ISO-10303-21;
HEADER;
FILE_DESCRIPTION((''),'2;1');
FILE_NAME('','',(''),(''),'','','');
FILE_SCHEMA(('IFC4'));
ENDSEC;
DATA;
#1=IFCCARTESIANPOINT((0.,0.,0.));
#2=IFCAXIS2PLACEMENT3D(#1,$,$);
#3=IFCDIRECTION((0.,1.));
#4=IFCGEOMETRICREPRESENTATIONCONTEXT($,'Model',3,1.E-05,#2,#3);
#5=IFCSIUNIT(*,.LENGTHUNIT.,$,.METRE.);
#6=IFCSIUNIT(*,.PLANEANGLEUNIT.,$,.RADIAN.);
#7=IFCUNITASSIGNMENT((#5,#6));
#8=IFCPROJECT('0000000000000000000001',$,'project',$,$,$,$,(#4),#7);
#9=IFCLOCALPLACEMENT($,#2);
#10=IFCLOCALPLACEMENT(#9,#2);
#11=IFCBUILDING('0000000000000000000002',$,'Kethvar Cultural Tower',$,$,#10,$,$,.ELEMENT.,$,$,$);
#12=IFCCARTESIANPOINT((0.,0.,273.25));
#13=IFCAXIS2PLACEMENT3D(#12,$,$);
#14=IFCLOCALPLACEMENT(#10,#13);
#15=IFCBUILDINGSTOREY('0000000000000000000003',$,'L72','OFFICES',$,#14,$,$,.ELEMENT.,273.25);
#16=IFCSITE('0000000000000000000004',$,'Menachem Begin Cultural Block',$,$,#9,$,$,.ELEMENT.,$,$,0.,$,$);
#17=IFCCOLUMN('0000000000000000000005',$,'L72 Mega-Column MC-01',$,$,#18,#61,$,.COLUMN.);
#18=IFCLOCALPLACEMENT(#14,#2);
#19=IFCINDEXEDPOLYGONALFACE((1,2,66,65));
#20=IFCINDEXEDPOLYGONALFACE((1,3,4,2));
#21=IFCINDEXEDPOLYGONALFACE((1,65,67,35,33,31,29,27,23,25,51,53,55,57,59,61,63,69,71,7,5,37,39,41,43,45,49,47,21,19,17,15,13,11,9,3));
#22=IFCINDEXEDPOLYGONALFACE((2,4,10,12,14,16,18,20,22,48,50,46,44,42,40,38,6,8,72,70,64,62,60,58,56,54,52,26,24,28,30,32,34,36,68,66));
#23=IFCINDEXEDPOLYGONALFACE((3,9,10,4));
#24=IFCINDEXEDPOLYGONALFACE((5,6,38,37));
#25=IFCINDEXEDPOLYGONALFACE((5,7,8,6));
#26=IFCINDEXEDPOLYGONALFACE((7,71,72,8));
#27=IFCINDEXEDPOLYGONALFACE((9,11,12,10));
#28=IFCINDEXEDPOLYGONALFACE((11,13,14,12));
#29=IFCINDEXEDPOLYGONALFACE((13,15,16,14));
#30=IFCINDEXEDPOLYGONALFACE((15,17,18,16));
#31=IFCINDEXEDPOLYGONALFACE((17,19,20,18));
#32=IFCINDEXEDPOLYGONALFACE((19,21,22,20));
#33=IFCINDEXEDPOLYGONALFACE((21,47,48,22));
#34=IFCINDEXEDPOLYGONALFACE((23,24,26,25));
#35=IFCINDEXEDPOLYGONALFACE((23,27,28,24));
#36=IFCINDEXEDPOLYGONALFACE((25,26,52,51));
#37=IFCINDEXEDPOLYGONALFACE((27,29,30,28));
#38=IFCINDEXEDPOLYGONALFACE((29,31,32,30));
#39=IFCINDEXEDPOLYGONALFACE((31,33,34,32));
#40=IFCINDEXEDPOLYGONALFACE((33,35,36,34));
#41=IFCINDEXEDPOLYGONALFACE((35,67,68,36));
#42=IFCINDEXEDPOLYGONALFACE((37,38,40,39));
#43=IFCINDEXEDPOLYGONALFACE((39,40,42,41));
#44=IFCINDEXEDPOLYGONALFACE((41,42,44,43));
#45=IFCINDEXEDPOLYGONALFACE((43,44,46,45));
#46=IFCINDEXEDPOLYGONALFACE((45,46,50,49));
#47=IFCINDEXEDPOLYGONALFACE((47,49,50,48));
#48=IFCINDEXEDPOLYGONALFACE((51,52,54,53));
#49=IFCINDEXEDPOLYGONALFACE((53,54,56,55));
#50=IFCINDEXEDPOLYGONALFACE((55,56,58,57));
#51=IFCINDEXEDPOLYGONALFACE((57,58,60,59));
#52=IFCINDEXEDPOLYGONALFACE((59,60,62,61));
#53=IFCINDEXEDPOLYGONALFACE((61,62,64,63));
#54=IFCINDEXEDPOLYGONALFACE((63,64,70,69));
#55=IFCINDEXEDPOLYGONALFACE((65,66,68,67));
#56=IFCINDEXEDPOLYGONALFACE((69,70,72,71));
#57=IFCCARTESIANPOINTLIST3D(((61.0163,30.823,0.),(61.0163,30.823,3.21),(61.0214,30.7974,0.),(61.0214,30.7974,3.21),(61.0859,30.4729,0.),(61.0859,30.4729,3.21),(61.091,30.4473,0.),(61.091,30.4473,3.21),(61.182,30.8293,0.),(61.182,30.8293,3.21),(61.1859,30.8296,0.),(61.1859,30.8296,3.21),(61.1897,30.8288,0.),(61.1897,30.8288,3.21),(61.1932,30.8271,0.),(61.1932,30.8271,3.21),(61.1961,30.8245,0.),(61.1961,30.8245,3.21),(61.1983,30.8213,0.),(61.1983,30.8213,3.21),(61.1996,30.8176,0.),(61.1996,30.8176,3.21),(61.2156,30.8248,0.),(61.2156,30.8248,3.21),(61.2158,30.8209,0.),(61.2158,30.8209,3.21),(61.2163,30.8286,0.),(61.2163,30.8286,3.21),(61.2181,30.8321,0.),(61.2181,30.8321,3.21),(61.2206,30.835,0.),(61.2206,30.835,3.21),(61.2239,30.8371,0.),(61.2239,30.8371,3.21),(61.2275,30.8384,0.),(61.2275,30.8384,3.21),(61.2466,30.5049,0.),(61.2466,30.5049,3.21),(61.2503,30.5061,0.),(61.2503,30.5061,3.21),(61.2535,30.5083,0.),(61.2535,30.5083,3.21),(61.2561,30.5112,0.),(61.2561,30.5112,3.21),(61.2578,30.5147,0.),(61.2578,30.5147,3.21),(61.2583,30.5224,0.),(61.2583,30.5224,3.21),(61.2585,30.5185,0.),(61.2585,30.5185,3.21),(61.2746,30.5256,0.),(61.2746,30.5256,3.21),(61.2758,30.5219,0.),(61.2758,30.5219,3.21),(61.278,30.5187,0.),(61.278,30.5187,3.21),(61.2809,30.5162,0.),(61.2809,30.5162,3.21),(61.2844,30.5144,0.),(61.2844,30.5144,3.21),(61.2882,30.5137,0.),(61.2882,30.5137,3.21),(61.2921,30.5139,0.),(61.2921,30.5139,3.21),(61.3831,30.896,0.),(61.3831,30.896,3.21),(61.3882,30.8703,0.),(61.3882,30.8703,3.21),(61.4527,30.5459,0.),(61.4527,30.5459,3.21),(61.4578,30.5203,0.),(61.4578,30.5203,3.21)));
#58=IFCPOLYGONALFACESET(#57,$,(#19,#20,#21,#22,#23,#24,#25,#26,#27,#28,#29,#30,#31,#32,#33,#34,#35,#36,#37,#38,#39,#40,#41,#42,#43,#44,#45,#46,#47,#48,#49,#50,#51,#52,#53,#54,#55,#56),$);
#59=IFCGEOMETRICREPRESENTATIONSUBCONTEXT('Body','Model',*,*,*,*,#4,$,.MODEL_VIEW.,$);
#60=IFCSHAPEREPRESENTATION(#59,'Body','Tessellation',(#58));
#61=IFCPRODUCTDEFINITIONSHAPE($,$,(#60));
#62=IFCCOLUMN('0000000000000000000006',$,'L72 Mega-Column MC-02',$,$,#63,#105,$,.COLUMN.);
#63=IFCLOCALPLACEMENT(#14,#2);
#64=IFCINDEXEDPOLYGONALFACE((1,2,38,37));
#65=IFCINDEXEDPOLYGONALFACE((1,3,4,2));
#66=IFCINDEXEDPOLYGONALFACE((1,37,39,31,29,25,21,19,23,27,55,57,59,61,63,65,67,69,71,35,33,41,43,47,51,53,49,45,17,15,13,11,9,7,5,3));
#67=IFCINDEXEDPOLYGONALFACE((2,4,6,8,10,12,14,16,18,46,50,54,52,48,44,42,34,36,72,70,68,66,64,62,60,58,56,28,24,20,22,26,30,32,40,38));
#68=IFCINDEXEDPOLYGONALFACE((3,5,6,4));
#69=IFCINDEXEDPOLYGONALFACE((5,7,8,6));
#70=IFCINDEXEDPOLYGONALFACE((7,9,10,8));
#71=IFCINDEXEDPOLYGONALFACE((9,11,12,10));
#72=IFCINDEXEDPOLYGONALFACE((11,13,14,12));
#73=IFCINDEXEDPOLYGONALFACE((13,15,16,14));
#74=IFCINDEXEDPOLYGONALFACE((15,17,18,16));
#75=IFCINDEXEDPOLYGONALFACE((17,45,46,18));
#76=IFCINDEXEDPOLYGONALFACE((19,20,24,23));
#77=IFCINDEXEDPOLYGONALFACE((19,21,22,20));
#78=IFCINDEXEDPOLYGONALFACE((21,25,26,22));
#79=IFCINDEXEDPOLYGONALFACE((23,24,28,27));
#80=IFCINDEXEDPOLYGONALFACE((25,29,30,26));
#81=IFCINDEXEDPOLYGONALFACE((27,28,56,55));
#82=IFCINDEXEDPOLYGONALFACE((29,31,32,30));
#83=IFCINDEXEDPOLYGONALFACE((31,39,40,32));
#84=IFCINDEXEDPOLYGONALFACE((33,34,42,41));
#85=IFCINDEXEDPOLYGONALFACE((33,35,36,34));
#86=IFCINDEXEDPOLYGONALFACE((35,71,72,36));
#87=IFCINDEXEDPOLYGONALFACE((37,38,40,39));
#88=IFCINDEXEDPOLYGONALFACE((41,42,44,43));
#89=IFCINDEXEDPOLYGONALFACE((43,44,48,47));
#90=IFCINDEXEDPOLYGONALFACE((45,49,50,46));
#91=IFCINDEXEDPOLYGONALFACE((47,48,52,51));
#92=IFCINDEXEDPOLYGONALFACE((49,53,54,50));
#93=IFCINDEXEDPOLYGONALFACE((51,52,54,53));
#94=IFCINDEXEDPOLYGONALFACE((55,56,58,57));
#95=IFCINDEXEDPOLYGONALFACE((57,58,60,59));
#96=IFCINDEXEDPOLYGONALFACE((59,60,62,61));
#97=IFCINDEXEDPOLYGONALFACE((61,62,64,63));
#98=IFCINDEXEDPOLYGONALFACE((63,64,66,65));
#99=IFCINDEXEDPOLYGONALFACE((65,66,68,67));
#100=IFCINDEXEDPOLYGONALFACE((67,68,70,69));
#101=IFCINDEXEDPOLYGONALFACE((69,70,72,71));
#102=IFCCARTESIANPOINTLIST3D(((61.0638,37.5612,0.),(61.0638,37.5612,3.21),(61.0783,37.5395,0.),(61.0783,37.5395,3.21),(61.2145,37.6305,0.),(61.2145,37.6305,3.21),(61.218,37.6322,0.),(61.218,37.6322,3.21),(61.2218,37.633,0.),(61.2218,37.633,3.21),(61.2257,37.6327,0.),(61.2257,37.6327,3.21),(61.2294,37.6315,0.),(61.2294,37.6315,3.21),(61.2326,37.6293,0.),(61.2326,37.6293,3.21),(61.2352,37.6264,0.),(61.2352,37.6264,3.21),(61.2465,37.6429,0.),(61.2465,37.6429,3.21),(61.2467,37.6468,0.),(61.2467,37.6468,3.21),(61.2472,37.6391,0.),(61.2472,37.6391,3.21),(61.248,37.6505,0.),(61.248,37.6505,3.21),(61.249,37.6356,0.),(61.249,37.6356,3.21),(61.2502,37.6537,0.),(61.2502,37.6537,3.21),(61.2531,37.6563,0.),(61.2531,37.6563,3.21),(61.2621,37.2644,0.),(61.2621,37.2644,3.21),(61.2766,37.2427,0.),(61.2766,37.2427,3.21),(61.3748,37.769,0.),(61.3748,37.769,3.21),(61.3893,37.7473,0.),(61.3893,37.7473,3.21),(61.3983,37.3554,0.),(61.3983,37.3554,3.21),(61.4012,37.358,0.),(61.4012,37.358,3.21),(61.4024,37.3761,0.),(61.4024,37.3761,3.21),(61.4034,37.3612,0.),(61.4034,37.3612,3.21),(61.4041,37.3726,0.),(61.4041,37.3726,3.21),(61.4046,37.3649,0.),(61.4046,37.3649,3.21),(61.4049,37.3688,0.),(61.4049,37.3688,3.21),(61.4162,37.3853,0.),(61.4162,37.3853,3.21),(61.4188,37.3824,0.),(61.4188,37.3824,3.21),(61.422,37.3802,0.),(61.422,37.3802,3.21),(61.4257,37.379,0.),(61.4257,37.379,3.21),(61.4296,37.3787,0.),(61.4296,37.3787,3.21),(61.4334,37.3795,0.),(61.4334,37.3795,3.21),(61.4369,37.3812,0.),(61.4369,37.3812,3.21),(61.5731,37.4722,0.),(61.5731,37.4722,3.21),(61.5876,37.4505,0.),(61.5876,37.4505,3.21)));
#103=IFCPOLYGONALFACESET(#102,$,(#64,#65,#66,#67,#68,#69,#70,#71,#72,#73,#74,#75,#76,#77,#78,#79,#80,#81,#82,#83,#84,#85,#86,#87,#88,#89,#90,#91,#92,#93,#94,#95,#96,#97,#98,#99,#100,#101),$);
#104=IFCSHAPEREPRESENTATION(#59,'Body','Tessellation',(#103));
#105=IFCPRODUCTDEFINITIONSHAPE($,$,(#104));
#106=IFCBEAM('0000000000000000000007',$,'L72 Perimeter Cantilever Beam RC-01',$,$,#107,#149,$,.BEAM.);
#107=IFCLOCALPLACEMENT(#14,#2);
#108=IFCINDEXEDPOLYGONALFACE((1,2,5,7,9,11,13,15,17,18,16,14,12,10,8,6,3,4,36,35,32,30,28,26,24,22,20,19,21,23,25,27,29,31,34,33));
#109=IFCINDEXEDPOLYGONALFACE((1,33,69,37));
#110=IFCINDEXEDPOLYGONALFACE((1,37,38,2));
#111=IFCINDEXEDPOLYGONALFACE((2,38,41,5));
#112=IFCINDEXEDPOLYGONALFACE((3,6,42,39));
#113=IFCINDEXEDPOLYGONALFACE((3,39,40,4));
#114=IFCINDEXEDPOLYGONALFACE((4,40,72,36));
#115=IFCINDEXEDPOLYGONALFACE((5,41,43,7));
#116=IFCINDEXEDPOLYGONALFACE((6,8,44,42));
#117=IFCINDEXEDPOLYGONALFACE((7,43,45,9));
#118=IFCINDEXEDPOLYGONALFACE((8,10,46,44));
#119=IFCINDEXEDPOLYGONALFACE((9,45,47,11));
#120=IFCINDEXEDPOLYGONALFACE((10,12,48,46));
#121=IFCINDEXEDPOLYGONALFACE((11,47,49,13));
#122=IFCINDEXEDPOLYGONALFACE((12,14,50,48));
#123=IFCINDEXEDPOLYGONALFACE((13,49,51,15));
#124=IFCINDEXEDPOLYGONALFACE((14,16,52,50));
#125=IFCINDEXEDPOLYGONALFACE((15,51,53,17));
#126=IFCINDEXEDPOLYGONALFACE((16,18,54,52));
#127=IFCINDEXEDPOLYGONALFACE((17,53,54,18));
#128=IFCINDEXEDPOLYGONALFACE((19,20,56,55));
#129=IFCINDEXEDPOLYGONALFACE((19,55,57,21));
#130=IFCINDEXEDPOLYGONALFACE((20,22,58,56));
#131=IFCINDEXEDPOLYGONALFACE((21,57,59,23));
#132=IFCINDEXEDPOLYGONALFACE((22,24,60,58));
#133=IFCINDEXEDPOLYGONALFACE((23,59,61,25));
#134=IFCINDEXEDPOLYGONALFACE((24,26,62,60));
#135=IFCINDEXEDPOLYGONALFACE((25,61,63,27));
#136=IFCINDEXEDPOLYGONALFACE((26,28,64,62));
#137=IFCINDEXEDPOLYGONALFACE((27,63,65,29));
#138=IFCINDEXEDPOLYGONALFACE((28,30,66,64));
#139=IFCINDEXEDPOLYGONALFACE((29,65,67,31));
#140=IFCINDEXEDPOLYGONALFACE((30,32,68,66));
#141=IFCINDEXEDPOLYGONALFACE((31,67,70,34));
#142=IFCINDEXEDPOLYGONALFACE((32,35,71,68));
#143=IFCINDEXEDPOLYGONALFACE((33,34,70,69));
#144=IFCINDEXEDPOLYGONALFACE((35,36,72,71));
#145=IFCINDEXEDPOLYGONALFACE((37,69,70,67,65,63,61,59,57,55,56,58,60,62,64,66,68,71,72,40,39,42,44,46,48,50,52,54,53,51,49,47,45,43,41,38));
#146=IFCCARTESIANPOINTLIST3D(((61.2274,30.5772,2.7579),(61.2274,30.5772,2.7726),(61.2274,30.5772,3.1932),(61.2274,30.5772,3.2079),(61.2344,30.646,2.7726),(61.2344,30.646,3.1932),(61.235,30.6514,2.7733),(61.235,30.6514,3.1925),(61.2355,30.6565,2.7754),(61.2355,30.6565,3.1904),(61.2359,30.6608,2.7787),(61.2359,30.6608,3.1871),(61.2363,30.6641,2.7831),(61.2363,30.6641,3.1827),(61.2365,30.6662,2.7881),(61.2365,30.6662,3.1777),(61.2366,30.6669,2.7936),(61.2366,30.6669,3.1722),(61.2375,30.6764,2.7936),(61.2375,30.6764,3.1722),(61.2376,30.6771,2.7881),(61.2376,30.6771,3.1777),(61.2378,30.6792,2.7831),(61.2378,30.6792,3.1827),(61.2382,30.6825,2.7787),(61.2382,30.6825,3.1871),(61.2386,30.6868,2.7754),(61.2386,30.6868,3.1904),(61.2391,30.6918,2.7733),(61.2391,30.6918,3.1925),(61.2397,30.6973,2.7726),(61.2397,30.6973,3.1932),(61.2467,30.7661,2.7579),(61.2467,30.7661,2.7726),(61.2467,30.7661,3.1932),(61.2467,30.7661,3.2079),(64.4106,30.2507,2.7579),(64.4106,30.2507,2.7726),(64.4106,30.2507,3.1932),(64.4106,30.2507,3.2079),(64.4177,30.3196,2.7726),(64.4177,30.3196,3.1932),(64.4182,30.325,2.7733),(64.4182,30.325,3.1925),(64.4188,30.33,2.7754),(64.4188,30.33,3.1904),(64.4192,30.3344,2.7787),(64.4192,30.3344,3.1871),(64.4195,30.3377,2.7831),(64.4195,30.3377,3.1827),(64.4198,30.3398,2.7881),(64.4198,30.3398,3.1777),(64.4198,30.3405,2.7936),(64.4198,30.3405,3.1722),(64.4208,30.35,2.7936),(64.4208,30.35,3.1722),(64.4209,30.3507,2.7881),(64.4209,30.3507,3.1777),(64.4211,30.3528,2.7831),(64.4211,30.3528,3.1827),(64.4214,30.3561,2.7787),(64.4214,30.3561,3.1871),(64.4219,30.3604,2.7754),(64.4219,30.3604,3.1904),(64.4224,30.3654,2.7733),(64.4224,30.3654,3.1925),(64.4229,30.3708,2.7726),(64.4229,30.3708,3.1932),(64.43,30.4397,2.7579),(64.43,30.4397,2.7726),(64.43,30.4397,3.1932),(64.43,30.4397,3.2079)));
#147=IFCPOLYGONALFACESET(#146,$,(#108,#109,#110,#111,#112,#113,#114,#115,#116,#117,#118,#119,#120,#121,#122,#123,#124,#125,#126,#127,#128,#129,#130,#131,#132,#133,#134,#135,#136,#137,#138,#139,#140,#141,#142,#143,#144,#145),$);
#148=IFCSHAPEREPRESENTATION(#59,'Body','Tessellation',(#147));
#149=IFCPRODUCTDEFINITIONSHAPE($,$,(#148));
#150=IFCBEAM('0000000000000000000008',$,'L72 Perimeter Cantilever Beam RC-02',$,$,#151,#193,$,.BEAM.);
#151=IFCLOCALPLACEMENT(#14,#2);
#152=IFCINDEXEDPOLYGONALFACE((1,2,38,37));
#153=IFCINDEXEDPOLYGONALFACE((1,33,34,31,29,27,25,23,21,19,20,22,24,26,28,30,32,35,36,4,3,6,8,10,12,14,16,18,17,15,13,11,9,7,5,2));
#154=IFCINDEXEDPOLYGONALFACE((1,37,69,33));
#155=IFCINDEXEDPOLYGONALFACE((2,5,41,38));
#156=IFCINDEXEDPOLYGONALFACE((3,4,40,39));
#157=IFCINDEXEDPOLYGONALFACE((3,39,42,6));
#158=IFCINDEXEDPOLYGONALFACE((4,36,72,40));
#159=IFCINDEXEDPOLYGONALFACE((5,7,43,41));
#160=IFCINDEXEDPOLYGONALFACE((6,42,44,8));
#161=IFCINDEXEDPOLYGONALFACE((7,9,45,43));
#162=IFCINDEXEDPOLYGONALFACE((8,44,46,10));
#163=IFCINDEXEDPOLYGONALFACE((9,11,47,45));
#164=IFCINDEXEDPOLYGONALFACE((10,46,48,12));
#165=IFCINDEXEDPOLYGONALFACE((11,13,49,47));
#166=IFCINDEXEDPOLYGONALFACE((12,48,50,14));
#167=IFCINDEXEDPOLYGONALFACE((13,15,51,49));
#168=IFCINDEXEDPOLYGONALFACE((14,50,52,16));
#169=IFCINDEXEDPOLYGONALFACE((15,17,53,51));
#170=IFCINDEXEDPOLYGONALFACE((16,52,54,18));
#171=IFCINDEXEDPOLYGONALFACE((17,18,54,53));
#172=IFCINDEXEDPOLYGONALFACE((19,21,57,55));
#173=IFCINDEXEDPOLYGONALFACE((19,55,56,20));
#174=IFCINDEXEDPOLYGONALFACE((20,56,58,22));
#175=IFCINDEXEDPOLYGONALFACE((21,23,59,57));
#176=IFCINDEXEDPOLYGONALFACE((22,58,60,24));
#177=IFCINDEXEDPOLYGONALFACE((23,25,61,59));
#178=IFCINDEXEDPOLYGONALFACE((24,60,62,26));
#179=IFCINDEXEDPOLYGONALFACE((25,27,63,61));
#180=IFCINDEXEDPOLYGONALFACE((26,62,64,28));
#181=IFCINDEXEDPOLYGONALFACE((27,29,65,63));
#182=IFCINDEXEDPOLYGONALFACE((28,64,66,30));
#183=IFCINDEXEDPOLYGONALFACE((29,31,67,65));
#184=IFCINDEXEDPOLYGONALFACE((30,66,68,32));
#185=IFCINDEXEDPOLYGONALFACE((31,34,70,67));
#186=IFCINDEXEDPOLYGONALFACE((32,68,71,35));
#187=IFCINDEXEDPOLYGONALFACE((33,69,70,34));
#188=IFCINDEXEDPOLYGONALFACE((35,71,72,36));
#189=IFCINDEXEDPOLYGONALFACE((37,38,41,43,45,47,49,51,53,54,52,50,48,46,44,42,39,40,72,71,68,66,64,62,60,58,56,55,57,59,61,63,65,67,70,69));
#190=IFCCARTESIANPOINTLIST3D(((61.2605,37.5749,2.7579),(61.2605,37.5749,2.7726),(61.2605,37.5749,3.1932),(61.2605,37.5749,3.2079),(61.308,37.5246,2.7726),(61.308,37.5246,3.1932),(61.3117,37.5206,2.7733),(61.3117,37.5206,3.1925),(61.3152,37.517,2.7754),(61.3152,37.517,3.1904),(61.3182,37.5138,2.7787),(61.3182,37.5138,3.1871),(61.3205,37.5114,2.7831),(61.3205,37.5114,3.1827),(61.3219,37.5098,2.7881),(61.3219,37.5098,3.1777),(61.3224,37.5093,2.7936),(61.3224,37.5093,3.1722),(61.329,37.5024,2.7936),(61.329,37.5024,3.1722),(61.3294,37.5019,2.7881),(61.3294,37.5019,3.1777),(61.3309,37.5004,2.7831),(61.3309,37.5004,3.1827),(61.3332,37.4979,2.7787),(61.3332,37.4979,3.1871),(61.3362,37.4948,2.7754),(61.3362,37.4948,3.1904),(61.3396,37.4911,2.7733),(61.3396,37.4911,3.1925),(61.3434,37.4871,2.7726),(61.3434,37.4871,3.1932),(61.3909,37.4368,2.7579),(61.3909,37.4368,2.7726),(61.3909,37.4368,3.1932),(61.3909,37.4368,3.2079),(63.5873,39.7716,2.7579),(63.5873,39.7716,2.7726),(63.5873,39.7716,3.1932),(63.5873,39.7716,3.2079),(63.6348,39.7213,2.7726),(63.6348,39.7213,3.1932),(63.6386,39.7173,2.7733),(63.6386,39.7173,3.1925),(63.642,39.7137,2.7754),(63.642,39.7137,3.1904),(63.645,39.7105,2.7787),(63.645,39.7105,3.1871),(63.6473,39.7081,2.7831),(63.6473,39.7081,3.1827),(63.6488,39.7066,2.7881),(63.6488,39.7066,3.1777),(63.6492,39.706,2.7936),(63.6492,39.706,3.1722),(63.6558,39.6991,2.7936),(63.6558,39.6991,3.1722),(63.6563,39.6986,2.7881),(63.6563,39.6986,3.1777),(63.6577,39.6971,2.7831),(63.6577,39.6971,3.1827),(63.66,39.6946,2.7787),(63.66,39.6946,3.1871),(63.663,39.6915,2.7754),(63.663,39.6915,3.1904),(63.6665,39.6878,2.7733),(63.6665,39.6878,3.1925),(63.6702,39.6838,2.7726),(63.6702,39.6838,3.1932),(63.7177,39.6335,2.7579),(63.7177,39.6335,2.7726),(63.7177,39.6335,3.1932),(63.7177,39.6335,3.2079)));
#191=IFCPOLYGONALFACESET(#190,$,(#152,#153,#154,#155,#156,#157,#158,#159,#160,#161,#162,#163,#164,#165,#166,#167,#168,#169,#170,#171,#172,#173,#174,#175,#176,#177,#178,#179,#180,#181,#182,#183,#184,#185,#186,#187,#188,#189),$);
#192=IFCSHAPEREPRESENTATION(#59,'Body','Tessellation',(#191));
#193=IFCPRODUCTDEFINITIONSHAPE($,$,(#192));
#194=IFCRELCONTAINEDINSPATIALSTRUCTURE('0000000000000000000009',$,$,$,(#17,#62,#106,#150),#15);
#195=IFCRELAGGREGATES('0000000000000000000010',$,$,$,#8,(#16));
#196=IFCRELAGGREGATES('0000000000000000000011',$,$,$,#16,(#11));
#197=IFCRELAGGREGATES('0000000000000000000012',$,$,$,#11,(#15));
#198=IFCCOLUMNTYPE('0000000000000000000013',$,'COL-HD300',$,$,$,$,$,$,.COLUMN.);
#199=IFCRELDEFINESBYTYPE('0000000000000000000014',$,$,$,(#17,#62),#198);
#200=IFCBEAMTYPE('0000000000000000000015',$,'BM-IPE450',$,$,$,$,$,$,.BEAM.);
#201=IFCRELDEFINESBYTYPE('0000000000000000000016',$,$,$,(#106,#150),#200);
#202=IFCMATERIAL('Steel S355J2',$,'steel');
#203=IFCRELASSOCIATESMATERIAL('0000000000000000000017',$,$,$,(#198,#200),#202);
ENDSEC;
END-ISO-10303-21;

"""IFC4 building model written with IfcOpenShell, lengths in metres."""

from ifc_helpers import new_model, si_unit, direction, frame, origin, origin_2d, place, context, subcontext, project, spatial, i_section, extrude, source, transform, mapped, material, material_profile, profile_set, type_object, element, save


model = new_model("IFC4")

# Units and contexts
model_context = context("Model", 3, precision=1e-05, world=origin(), true_north=direction((0.0, 1.0)))
body_context = subcontext(model_context, "Body", "Model", "MODEL_VIEW")
ifc_project = project(units=[si_unit("LENGTHUNIT", "METRE"), si_unit("PLANEANGLEUNIT", "RADIAN")], contexts=[model_context])

# Site, building, storey
site_placement = place(None, origin())
site = spatial("IfcSite", under=ifc_project, at=site_placement, Name="Menachem Begin Cultural Block", CompositionType="ELEMENT", RefElevation=0.0)
building_placement = place(site_placement, origin())
building = spatial("IfcBuilding", under=site, at=building_placement, Name="Kethvar Cultural Tower", CompositionType="ELEMENT")
storey_placement = place(building_placement, frame((0.0, 0.0, 273.25)))
storey = spatial("IfcBuildingStorey", under=building, at=storey_placement, Name="L72", Description="OFFICES", CompositionType="ELEMENT", Elevation=273.25)

# Columns
ifc_material_1 = material(Name="Steel S355J2", Category="steel")
ifc_material_profile_1 = material_profile(ifc_material_1, i_section(OverallWidth=0.374, OverallDepth=0.3831, WebThickness=0.0166, FlangeThickness=0.0261, FilletRadius=0.0149, at=origin_2d()), Name="Steel S355J2 — HD360x300")
ifc_profile_set_1 = profile_set([ifc_material_profile_1], Name="Steel S355J2 — HD360x300")
column_type = type_object("IfcColumnType", Name="COL-HD300", PredefinedType="COLUMN", material=ifc_profile_set_1)
shared_shape_1 = source(origin(), body_context, "Body", "SweptSolid", [
    extrude(i_section(OverallWidth=0.374, OverallDepth=0.3831, WebThickness=0.0166, FlangeThickness=0.0261, FilletRadius=0.0149, at=origin_2d()), origin(), (0.0, 0.0, 1.0), 3.21),
])
for number, where, z_axis, x_axis, name in (
    (1, (61.2371, 30.6716, 0.0), (0.0, 0.0, 1.0), (0.980785, 0.19509, 0.0), "L72 Mega-Column MC-01"),
    (2, (61.3257, 37.5059, 0.0), (0.0, 0.0, 1.0), (0.83147, 0.55557, 0.0), "L72 Mega-Column MC-02"),
):
    element("IfcColumn", number, at=place(storey_placement, frame(where, z_axis=z_axis, x_axis=x_axis)), inside=storey, type_object=column_type, Name=name, PredefinedType="COLUMN", context=body_context, shape_type="MappedRepresentation", body=[
        mapped(shared_shape_1, transform((0.0, 0.0, 0.0), scale=1.0)),
    ])

# Beams
ifc_material_profile_2 = material_profile(ifc_material_1, i_section(OverallWidth=0.1899, OverallDepth=0.45, WebThickness=0.0095, FlangeThickness=0.0146, FilletRadius=0.021, at=origin_2d()), Name="Steel S355J2 — IPE450")
ifc_profile_set_2 = profile_set([ifc_material_profile_2], Name="Steel S355J2 — IPE450")
beam_type_1 = type_object("IfcBeamType", Name="BM-IPE450", PredefinedType="BEAM", material=ifc_profile_set_2)
shared_shape_2 = source(origin(), body_context, "Body", "SweptSolid", [
    extrude(i_section(OverallWidth=0.1899, OverallDepth=0.45, WebThickness=0.0095, FlangeThickness=0.0146, FilletRadius=0.021, at=origin_2d()), origin(), (0.0, 0.0, 1.0), 3.2),
])
for number, where, z_axis, x_axis, name in (
    (3, (61.2371, 30.6716, 2.9829), (0.994784, -0.102004, 0.0), (0.102004, 0.994784, 0.0), "L72 Perimeter Cantilever Beam RC-01"),
    (4, (61.3257, 37.5059, 2.9829), (0.727146, 0.686482, 0.0), (-0.686482, 0.727146, 0.0), "L72 Perimeter Cantilever Beam RC-02"),
):
    element("IfcBeam", number, at=place(storey_placement, frame(where, z_axis=z_axis, x_axis=x_axis)), inside=storey, type_object=beam_type_1, Name=name, PredefinedType="BEAM", context=body_context, shape_type="MappedRepresentation", body=[
        mapped(shared_shape_2, transform((0.0, 0.0, 0.0), scale=1.0)),
    ])

save(model, "model.ifc")
